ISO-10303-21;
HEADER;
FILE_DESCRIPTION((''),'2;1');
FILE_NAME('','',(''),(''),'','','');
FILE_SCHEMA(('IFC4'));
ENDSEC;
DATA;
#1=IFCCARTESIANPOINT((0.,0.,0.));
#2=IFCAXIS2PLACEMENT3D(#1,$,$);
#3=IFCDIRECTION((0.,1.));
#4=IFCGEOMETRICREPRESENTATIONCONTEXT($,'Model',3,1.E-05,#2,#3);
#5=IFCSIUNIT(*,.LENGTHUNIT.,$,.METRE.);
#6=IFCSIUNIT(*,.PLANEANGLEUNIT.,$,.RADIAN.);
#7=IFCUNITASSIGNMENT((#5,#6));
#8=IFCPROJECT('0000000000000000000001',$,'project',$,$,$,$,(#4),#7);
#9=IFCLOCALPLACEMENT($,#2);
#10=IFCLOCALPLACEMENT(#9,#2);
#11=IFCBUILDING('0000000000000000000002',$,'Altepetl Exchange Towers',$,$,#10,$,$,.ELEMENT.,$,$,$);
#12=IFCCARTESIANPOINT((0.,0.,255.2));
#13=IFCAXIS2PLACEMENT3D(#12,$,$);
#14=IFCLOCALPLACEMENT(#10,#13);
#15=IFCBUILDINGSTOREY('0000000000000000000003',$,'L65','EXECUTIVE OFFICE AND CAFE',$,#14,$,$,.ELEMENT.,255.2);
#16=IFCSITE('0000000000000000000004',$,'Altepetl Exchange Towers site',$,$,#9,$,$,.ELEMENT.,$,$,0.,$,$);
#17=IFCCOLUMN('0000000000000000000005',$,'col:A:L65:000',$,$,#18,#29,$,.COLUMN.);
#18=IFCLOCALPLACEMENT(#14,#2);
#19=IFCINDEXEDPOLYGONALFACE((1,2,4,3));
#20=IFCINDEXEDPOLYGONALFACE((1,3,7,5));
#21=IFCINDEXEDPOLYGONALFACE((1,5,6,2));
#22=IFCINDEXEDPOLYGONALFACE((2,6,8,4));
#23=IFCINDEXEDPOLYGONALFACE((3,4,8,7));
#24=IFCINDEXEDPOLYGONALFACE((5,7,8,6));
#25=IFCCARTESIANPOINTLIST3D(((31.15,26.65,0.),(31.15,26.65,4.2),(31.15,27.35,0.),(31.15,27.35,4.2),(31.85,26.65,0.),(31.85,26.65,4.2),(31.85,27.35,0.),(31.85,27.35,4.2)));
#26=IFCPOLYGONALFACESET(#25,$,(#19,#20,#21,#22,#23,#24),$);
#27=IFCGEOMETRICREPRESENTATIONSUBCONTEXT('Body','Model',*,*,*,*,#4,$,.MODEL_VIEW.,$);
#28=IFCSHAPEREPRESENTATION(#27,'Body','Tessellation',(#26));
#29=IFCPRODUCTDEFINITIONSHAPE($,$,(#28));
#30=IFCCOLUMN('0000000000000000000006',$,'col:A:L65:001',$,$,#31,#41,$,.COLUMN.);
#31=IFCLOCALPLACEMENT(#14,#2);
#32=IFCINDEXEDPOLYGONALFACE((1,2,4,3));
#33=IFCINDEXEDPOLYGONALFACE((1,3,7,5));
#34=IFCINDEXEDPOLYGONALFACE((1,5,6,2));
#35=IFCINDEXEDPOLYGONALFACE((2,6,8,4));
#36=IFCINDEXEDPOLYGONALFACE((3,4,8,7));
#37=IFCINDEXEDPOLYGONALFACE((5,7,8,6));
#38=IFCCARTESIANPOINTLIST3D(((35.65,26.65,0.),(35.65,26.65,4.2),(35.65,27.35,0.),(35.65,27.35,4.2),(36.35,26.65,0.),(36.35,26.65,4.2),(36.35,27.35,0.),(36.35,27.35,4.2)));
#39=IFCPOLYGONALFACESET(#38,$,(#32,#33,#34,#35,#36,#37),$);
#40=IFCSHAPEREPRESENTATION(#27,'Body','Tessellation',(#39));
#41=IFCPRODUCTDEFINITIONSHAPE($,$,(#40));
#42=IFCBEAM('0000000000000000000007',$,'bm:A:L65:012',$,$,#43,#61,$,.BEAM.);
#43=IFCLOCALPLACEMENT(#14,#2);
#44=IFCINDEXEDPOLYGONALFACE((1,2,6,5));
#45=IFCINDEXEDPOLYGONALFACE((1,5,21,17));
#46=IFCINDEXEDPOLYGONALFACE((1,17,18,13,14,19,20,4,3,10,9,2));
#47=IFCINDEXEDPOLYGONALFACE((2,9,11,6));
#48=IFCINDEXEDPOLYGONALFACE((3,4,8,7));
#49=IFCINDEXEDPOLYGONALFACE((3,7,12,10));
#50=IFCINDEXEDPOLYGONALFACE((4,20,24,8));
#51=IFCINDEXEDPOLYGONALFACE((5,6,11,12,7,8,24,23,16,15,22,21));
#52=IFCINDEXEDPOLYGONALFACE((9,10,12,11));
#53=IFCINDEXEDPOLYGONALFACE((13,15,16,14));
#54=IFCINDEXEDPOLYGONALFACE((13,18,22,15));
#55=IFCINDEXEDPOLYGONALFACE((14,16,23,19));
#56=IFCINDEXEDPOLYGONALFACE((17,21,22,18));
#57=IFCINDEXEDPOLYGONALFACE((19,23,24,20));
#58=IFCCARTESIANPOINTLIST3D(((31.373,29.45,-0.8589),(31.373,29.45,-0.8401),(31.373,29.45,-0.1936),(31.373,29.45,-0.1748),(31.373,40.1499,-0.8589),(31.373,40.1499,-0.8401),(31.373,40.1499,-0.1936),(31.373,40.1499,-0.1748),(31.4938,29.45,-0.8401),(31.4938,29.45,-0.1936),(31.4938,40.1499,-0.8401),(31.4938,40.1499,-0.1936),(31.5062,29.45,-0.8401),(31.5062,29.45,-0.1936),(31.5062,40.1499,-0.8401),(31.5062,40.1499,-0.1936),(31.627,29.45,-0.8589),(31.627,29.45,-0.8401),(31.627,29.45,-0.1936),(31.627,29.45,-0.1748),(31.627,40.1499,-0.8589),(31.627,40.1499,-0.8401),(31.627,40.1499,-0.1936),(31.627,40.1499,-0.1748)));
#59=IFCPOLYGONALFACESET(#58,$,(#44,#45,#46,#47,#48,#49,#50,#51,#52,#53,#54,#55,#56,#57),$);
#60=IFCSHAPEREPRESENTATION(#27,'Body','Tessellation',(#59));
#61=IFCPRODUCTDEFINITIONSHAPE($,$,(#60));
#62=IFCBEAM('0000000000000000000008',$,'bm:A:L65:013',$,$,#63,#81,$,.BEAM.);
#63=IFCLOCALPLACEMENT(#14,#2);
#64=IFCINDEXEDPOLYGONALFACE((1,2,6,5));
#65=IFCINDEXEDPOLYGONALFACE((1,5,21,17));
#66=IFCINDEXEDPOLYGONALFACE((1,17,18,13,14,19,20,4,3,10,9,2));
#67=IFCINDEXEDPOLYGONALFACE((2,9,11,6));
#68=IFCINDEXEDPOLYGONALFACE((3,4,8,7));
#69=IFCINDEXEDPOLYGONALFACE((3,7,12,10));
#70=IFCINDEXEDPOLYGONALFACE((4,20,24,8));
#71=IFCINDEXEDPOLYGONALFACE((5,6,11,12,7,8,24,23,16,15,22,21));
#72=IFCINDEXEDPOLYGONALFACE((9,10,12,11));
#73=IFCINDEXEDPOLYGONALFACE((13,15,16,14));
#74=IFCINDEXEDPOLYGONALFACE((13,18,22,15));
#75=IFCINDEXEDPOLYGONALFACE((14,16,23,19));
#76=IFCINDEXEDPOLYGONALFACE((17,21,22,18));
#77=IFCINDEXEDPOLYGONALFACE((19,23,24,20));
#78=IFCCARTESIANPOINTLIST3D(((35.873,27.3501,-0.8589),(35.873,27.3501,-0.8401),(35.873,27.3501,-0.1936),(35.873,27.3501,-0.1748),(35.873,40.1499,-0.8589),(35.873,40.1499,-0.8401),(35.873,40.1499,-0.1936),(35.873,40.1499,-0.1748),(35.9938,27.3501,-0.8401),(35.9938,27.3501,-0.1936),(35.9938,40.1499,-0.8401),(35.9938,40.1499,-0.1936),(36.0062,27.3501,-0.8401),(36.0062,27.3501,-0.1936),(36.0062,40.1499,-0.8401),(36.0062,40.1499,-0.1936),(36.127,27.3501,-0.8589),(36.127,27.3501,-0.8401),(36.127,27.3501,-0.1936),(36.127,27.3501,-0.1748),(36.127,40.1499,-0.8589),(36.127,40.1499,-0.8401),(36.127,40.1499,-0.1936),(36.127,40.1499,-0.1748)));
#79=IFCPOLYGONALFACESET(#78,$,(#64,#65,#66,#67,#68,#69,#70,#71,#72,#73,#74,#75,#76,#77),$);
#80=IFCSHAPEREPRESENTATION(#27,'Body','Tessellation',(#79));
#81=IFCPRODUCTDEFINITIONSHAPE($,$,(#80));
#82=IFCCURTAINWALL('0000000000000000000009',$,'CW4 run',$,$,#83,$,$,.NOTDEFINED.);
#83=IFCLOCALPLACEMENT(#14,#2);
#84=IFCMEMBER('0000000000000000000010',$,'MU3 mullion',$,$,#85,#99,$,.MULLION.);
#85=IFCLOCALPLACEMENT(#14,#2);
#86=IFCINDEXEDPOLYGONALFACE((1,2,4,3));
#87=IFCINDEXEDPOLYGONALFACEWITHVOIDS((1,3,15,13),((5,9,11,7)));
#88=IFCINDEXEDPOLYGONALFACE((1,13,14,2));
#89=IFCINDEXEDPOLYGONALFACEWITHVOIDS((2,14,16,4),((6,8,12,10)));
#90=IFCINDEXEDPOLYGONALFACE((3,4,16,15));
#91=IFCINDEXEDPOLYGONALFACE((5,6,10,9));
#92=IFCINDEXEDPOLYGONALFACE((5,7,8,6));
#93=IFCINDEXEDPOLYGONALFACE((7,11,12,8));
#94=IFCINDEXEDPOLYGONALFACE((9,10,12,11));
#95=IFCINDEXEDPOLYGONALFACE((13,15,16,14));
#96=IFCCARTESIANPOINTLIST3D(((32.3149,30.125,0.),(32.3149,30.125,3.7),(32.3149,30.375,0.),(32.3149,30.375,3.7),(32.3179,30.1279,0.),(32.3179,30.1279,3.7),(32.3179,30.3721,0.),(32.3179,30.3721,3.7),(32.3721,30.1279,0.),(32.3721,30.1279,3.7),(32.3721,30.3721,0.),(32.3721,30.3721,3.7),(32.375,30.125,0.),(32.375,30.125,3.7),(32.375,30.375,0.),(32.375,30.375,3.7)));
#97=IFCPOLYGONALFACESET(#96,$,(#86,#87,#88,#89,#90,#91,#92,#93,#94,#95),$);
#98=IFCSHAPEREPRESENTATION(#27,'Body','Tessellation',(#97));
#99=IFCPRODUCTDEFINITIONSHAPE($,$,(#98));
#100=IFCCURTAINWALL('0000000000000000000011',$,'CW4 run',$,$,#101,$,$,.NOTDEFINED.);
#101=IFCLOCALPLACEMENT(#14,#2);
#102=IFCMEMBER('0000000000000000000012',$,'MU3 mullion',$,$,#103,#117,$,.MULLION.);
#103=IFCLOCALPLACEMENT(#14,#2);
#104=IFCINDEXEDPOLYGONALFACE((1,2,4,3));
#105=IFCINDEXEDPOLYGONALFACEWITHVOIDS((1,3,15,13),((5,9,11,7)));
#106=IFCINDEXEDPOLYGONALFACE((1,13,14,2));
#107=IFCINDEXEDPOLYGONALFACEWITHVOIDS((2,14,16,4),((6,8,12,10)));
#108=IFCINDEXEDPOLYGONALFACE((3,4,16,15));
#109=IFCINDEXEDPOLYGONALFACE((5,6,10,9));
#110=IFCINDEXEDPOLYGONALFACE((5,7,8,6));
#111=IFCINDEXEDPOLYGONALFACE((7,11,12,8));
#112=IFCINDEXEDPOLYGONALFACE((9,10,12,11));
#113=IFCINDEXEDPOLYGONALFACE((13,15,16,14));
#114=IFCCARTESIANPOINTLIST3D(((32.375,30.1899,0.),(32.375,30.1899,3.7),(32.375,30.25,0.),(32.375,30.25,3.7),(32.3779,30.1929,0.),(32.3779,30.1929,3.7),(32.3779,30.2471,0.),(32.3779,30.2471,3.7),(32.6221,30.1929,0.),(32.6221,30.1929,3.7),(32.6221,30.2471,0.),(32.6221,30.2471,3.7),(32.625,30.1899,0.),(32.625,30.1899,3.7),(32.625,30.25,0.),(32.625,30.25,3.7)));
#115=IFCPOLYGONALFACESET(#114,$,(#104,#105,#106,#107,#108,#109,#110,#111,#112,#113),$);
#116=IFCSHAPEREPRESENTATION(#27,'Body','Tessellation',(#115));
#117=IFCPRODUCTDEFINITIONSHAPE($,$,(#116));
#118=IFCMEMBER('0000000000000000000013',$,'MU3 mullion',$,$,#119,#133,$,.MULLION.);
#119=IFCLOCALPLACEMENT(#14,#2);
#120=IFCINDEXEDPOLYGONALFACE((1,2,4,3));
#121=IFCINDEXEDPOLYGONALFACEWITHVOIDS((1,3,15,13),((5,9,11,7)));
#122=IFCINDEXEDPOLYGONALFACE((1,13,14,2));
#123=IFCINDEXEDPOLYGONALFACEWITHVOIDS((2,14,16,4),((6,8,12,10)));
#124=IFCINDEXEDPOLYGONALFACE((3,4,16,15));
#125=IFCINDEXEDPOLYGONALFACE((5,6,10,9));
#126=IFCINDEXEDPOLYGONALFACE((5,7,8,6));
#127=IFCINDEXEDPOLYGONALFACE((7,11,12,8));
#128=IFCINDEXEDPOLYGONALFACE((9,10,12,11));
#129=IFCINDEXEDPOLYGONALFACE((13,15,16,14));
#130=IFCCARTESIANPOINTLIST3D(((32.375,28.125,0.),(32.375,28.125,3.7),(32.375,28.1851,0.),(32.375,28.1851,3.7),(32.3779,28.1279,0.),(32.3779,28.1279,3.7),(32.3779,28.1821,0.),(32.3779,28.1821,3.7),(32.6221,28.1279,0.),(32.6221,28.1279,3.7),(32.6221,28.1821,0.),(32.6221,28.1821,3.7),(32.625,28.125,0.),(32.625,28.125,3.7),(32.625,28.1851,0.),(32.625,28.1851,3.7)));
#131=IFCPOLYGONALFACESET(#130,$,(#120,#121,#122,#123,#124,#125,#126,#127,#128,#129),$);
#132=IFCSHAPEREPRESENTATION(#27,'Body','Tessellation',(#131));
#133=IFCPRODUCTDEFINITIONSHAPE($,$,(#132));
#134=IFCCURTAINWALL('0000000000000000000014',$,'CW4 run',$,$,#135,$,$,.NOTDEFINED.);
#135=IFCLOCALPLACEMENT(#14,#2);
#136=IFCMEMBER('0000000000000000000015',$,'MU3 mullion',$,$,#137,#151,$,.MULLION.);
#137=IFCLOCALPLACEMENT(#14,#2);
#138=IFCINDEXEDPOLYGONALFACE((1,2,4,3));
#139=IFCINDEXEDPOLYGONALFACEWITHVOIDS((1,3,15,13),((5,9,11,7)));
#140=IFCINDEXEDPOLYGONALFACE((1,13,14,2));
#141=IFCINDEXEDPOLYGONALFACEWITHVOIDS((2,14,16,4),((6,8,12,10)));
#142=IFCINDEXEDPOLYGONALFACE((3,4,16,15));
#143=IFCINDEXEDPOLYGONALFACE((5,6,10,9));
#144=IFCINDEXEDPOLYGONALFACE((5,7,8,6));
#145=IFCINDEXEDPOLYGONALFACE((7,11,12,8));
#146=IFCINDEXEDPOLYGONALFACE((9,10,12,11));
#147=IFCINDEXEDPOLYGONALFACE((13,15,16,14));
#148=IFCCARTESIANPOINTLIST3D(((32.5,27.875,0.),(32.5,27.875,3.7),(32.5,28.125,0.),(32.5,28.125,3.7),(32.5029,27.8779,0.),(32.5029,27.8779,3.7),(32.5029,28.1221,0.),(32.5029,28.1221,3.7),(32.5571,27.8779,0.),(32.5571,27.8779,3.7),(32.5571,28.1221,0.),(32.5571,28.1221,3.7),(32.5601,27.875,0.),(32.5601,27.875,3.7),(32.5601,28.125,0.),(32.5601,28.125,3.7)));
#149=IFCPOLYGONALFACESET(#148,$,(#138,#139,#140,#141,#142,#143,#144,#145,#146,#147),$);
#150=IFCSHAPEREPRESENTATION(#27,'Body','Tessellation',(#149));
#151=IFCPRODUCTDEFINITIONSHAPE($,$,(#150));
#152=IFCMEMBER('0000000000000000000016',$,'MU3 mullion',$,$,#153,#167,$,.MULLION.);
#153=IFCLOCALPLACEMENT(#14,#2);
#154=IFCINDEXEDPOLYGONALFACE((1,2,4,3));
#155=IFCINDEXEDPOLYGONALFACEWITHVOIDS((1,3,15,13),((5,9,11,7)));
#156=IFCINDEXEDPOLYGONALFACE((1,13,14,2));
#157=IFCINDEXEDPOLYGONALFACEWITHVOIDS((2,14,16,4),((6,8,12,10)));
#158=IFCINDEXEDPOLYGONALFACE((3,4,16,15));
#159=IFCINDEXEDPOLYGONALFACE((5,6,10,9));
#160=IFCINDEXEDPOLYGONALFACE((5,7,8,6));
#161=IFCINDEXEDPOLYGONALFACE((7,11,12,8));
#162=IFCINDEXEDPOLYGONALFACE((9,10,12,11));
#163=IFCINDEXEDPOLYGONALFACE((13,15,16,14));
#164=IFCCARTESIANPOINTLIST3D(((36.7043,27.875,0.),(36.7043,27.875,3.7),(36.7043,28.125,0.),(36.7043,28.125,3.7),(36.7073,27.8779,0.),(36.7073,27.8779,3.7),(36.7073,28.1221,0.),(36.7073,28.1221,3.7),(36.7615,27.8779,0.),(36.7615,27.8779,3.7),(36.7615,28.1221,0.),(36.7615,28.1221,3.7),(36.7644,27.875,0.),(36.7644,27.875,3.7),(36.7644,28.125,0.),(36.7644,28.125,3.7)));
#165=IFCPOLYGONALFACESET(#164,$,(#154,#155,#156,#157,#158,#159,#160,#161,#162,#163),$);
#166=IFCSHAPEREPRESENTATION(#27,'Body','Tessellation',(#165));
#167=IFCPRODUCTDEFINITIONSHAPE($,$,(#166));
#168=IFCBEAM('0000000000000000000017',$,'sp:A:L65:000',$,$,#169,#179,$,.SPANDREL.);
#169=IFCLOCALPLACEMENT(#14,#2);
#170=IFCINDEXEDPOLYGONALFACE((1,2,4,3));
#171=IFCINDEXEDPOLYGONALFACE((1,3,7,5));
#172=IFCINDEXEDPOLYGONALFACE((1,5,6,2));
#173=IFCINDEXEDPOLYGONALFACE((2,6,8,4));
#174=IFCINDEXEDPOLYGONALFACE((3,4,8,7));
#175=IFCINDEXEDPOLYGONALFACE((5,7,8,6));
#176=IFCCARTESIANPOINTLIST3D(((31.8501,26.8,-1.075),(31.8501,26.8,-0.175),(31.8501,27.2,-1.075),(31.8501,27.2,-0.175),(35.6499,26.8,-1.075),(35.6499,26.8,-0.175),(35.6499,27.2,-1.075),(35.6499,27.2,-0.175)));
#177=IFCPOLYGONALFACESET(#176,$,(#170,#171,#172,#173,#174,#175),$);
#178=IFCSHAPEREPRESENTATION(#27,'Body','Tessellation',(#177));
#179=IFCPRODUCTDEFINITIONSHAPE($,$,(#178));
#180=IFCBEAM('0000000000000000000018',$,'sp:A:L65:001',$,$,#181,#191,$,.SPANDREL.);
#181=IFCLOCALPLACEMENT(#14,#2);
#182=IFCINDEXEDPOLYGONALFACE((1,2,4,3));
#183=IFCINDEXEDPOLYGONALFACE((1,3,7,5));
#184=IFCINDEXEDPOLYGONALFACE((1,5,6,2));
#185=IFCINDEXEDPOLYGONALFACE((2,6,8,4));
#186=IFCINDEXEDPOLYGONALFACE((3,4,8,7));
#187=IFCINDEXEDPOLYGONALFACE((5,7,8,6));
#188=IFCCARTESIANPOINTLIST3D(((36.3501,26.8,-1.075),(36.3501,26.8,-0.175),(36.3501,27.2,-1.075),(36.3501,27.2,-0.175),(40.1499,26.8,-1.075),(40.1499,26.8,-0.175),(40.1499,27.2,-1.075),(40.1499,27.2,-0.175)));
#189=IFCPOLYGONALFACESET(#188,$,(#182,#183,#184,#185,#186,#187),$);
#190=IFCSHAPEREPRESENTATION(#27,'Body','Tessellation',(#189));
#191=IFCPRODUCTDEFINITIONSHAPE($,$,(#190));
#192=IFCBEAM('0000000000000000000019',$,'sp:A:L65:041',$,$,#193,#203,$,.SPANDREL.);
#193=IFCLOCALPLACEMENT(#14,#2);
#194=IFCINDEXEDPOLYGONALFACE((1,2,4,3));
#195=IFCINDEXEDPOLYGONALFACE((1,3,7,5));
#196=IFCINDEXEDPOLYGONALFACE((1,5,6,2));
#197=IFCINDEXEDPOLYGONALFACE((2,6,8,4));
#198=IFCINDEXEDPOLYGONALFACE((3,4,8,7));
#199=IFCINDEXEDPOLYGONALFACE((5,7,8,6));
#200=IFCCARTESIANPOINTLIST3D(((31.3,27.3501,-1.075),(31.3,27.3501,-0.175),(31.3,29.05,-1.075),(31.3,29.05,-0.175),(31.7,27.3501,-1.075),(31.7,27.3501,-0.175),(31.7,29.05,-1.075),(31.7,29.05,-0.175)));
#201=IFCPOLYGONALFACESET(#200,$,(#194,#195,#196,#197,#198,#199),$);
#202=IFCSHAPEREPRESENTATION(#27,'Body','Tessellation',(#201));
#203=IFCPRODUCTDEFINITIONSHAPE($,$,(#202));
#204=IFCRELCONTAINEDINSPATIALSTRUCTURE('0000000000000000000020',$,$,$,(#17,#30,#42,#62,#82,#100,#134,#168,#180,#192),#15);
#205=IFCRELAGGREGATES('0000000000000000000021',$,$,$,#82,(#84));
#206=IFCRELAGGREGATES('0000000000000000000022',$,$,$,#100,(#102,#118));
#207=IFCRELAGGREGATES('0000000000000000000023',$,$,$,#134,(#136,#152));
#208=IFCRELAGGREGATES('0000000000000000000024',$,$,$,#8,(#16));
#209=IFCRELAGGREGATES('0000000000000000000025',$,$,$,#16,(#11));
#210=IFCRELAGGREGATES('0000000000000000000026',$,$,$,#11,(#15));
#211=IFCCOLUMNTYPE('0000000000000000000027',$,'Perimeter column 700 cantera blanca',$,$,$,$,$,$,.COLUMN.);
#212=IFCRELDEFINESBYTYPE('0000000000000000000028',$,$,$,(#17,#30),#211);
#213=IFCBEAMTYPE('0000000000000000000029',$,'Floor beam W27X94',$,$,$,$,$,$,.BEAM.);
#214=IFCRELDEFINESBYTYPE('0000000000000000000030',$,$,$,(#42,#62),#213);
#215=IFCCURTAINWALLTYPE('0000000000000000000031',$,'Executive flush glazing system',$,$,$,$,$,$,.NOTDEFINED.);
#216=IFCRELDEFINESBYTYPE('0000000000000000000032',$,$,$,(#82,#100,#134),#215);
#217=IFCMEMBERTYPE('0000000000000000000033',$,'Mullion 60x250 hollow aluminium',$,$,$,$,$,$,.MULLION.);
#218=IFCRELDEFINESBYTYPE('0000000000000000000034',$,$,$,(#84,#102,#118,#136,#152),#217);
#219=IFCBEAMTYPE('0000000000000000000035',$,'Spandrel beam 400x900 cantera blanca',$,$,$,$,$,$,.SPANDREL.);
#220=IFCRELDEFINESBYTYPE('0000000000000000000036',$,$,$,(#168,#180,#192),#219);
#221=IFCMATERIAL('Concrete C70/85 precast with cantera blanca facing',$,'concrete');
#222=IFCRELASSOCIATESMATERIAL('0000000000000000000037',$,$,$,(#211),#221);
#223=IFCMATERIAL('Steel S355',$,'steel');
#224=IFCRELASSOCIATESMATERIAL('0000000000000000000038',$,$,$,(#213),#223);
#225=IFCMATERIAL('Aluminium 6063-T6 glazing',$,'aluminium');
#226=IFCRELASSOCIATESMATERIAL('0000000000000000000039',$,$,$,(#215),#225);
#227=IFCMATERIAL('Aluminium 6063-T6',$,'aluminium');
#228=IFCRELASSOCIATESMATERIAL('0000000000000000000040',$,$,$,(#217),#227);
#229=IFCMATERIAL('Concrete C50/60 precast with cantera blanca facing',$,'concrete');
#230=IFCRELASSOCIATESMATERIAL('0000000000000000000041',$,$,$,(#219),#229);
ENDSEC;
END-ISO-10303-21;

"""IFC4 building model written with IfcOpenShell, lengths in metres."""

from ifc_helpers import new_model, si_unit, direction, frame, origin, origin_2d, place, context, subcontext, project, spatial, rectangle, hollow_rectangle, i_section, extrude, material, material_profile, profile_set, type_object, element, aggregate, save


model = new_model("IFC4")

# Units and contexts
model_context = context("Model", 3, precision=1e-05, world=origin(), true_north=direction((0.0, 1.0)))
body_context = subcontext(model_context, "Body", "Model", "MODEL_VIEW")
ifc_project = project(units=[si_unit("LENGTHUNIT", "METRE"), si_unit("PLANEANGLEUNIT", "RADIAN")], contexts=[model_context])

# Site, building, storey
site_placement = place(None, origin())
site = spatial("IfcSite", under=ifc_project, at=site_placement, Name="Altepetl Exchange Towers site", CompositionType="ELEMENT", RefElevation=0.0)
building_placement = place(site_placement, origin())
building = spatial("IfcBuilding", under=site, at=building_placement, Name="Altepetl Exchange Towers", CompositionType="ELEMENT")
storey_placement = place(building_placement, frame((0.0, 0.0, 255.2)))
storey = spatial("IfcBuildingStorey", under=building, at=storey_placement, Name="L65", Description="EXECUTIVE OFFICE AND CAFE", CompositionType="ELEMENT", Elevation=255.2)

# Columns
ifc_material_1 = material(Name="Concrete C70/85 precast with cantera blanca facing", Category="concrete")
ifc_material_profile_1 = material_profile(ifc_material_1, rectangle(XDim=0.7, YDim=0.7, at=origin_2d()), Name="700 x 700")
ifc_profile_set_1 = profile_set([ifc_material_profile_1], Name="Concrete C70/85 precast with cantera blanca facing")
column_type = type_object("IfcColumnType", Name="Perimeter column 700 cantera blanca", PredefinedType="COLUMN", material=ifc_profile_set_1)
for number, where, name in (
    (1, (31.5, 27.0, 0.0), "col:A:L65:000"),
    (2, (36.0, 27.0, 0.0), "col:A:L65:001"),
):
    element("IfcColumn", number, at=place(storey_placement, frame(where)), inside=storey, type_object=column_type, Name=name, PredefinedType="COLUMN", context=body_context, shape_type="SweptSolid", body=[
        extrude(rectangle(XDim=0.7, YDim=0.7, at=origin_2d()), origin(), (0.0, 0.0, 1.0), 4.2),
    ])

# Beams
ifc_material_2 = material(Name="Steel S355", Category="steel")
ifc_material_profile_2 = material_profile(ifc_material_2, i_section(OverallWidth=0.2539, OverallDepth=0.6841, WebThickness=0.0125, FlangeThickness=0.0188, at=origin_2d()), Name="W27X94")
ifc_profile_set_2 = profile_set([ifc_material_profile_2], Name="Steel S355")
beam_type_1 = type_object("IfcBeamType", Name="Floor beam W27X94", PredefinedType="BEAM", material=ifc_profile_set_2)
beam_1_placement = place(storey_placement, frame((31.5, 29.45, -0.5168), z_axis=(0.0, 1.0, 0.0), x_axis=(-1.0, 0.0, 0.0)))
element("IfcBeam", 3, at=beam_1_placement, inside=storey, type_object=beam_type_1, Name="bm:A:L65:012", PredefinedType="BEAM", context=body_context, shape_type="SweptSolid", body=[
    extrude(i_section(OverallWidth=0.2539, OverallDepth=0.6841, WebThickness=0.0125, FlangeThickness=0.0188, at=origin_2d()), origin(), (0.0, 0.0, 1.0), 10.7),
])
beam_2_placement = place(storey_placement, frame((36.0, 27.3501, -0.5168), z_axis=(0.0, 1.0, 0.0), x_axis=(-1.0, 0.0, 0.0)))
element("IfcBeam", 4, at=beam_2_placement, inside=storey, type_object=beam_type_1, Name="bm:A:L65:013", PredefinedType="BEAM", context=body_context, shape_type="SweptSolid", body=[
    extrude(i_section(OverallWidth=0.2539, OverallDepth=0.6841, WebThickness=0.0125, FlangeThickness=0.0188, at=origin_2d()), origin(), (0.0, 0.0, 1.0), 12.7998),
])

# Curtain wall, member
ifc_material_3 = material(Name="Aluminium 6063-T6 glazing", Category="aluminium")
curtain_wall_type = type_object("IfcCurtainWallType", Name="Executive flush glazing system", PredefinedType="NOTDEFINED", material=ifc_material_3)
curtain_wall_1_placement = place(storey_placement, origin())
curtain_wall_1 = element("IfcCurtainWall", 5, at=curtain_wall_1_placement, inside=storey, type_object=curtain_wall_type, Name="CW4 run", PredefinedType="NOTDEFINED")
ifc_material_4 = material(Name="Aluminium 6063-T6", Category="aluminium")
ifc_material_profile_3 = material_profile(ifc_material_4, hollow_rectangle(XDim=0.0601, YDim=0.25, WallThickness=0.0029, at=origin_2d()), Name="Mullion 60x250 hollow aluminium")
ifc_profile_set_3 = profile_set([ifc_material_profile_3], Name="Aluminium 6063-T6")
member_type_1 = type_object("IfcMemberType", Name="Mullion 60x250 hollow aluminium", PredefinedType="MULLION", material=ifc_profile_set_3)
member_1_placement = place(storey_placement, frame((32.345, 30.25, 0.0)))
member_1 = element("IfcMember", 6, at=member_1_placement, type_object=member_type_1, Name="MU3 mullion", PredefinedType="MULLION", context=body_context, shape_type="SweptSolid", body=[
    extrude(hollow_rectangle(XDim=0.0601, YDim=0.25, WallThickness=0.0029, at=origin_2d()), origin(), (0.0, 0.0, 1.0), 3.7),
])
aggregate(curtain_wall_1, [member_1])

# Curtain walls, members
curtain_wall_2_placement = place(storey_placement, origin())
curtain_wall_2 = element("IfcCurtainWall", 7, at=curtain_wall_2_placement, inside=storey, type_object=curtain_wall_type, Name="CW4 run", PredefinedType="NOTDEFINED")
member_2_placement = place(storey_placement, frame((32.5, 30.22, 0.0), z_axis=(0.0, 0.0, 1.0), x_axis=(0.0, -1.0, 0.0)))
member_2 = element("IfcMember", 8, at=member_2_placement, type_object=member_type_1, Name="MU3 mullion", PredefinedType="MULLION", context=body_context, shape_type="SweptSolid", body=[
    extrude(hollow_rectangle(XDim=0.0601, YDim=0.25, WallThickness=0.0029, at=origin_2d()), origin(), (0.0, 0.0, 1.0), 3.7),
])
member_3_placement = place(storey_placement, frame((32.5, 28.155, 0.0), z_axis=(0.0, 0.0, 1.0), x_axis=(0.0, -1.0, 0.0)))
member_3 = element("IfcMember", 9, at=member_3_placement, type_object=member_type_1, Name="MU3 mullion", PredefinedType="MULLION", context=body_context, shape_type="SweptSolid", body=[
    extrude(hollow_rectangle(XDim=0.0601, YDim=0.25, WallThickness=0.0029, at=origin_2d()), origin(), (0.0, 0.0, 1.0), 3.7),
])
curtain_wall_3_placement = place(storey_placement, origin())
curtain_wall_3 = element("IfcCurtainWall", 10, at=curtain_wall_3_placement, inside=storey, type_object=curtain_wall_type, Name="CW4 run", PredefinedType="NOTDEFINED")
member_4_placement = place(storey_placement, frame((32.53, 28.0, 0.0)))
member_4 = element("IfcMember", 11, at=member_4_placement, type_object=member_type_1, Name="MU3 mullion", PredefinedType="MULLION", context=body_context, shape_type="SweptSolid", body=[
    extrude(hollow_rectangle(XDim=0.0601, YDim=0.25, WallThickness=0.0029, at=origin_2d()), origin(), (0.0, 0.0, 1.0), 3.7),
])
member_5_placement = place(storey_placement, frame((36.7344, 28.0, 0.0)))
member_5 = element("IfcMember", 12, at=member_5_placement, type_object=member_type_1, Name="MU3 mullion", PredefinedType="MULLION", context=body_context, shape_type="SweptSolid", body=[
    extrude(hollow_rectangle(XDim=0.0601, YDim=0.25, WallThickness=0.0029, at=origin_2d()), origin(), (0.0, 0.0, 1.0), 3.7),
])

# Beams
ifc_material_5 = material(Name="Concrete C50/60 precast with cantera blanca facing", Category="concrete")
ifc_material_profile_4 = material_profile(ifc_material_5, rectangle(XDim=0.3999, YDim=0.8999, at=origin_2d()), Name="400 x 900")
ifc_profile_set_4 = profile_set([ifc_material_profile_4], Name="Concrete C50/60 precast with cantera blanca facing")
beam_type_2 = type_object("IfcBeamType", Name="Spandrel beam 400x900 cantera blanca", PredefinedType="SPANDREL", material=ifc_profile_set_4)
for number, where, z_axis, x_axis, name in (
    (13, (31.8501, 27.0, -0.625), (1.0, 0.0, 0.0), (0.0, 1.0, 0.0), "sp:A:L65:000"),
    (14, (36.3501, 27.0, -0.625), (1.0, 0.0, 0.0), (0.0, 1.0, 0.0), "sp:A:L65:001"),
):
    element("IfcBeam", number, at=place(storey_placement, frame(where, z_axis=z_axis, x_axis=x_axis)), inside=storey, type_object=beam_type_2, Name=name, PredefinedType="SPANDREL", context=body_context, shape_type="SweptSolid", body=[
        extrude(rectangle(XDim=0.3999, YDim=0.8999, at=origin_2d()), origin(), (0.0, 0.0, 1.0), 3.7998),
    ])
beam_3_placement = place(storey_placement, frame((31.5, 29.05, -0.625), z_axis=(0.0, -1.0, 0.0), x_axis=(1.0, 0.0, 0.0)))
element("IfcBeam", 15, at=beam_3_placement, inside=storey, type_object=beam_type_2, Name="sp:A:L65:041", PredefinedType="SPANDREL", context=body_context, shape_type="SweptSolid", body=[
    extrude(rectangle(XDim=0.3999, YDim=0.8999, at=origin_2d()), origin(), (0.0, 0.0, 1.0), 1.7),
])

aggregate(curtain_wall_2, [member_2, member_3])
aggregate(curtain_wall_3, [member_4, member_5])

save(model, "model.ifc")
